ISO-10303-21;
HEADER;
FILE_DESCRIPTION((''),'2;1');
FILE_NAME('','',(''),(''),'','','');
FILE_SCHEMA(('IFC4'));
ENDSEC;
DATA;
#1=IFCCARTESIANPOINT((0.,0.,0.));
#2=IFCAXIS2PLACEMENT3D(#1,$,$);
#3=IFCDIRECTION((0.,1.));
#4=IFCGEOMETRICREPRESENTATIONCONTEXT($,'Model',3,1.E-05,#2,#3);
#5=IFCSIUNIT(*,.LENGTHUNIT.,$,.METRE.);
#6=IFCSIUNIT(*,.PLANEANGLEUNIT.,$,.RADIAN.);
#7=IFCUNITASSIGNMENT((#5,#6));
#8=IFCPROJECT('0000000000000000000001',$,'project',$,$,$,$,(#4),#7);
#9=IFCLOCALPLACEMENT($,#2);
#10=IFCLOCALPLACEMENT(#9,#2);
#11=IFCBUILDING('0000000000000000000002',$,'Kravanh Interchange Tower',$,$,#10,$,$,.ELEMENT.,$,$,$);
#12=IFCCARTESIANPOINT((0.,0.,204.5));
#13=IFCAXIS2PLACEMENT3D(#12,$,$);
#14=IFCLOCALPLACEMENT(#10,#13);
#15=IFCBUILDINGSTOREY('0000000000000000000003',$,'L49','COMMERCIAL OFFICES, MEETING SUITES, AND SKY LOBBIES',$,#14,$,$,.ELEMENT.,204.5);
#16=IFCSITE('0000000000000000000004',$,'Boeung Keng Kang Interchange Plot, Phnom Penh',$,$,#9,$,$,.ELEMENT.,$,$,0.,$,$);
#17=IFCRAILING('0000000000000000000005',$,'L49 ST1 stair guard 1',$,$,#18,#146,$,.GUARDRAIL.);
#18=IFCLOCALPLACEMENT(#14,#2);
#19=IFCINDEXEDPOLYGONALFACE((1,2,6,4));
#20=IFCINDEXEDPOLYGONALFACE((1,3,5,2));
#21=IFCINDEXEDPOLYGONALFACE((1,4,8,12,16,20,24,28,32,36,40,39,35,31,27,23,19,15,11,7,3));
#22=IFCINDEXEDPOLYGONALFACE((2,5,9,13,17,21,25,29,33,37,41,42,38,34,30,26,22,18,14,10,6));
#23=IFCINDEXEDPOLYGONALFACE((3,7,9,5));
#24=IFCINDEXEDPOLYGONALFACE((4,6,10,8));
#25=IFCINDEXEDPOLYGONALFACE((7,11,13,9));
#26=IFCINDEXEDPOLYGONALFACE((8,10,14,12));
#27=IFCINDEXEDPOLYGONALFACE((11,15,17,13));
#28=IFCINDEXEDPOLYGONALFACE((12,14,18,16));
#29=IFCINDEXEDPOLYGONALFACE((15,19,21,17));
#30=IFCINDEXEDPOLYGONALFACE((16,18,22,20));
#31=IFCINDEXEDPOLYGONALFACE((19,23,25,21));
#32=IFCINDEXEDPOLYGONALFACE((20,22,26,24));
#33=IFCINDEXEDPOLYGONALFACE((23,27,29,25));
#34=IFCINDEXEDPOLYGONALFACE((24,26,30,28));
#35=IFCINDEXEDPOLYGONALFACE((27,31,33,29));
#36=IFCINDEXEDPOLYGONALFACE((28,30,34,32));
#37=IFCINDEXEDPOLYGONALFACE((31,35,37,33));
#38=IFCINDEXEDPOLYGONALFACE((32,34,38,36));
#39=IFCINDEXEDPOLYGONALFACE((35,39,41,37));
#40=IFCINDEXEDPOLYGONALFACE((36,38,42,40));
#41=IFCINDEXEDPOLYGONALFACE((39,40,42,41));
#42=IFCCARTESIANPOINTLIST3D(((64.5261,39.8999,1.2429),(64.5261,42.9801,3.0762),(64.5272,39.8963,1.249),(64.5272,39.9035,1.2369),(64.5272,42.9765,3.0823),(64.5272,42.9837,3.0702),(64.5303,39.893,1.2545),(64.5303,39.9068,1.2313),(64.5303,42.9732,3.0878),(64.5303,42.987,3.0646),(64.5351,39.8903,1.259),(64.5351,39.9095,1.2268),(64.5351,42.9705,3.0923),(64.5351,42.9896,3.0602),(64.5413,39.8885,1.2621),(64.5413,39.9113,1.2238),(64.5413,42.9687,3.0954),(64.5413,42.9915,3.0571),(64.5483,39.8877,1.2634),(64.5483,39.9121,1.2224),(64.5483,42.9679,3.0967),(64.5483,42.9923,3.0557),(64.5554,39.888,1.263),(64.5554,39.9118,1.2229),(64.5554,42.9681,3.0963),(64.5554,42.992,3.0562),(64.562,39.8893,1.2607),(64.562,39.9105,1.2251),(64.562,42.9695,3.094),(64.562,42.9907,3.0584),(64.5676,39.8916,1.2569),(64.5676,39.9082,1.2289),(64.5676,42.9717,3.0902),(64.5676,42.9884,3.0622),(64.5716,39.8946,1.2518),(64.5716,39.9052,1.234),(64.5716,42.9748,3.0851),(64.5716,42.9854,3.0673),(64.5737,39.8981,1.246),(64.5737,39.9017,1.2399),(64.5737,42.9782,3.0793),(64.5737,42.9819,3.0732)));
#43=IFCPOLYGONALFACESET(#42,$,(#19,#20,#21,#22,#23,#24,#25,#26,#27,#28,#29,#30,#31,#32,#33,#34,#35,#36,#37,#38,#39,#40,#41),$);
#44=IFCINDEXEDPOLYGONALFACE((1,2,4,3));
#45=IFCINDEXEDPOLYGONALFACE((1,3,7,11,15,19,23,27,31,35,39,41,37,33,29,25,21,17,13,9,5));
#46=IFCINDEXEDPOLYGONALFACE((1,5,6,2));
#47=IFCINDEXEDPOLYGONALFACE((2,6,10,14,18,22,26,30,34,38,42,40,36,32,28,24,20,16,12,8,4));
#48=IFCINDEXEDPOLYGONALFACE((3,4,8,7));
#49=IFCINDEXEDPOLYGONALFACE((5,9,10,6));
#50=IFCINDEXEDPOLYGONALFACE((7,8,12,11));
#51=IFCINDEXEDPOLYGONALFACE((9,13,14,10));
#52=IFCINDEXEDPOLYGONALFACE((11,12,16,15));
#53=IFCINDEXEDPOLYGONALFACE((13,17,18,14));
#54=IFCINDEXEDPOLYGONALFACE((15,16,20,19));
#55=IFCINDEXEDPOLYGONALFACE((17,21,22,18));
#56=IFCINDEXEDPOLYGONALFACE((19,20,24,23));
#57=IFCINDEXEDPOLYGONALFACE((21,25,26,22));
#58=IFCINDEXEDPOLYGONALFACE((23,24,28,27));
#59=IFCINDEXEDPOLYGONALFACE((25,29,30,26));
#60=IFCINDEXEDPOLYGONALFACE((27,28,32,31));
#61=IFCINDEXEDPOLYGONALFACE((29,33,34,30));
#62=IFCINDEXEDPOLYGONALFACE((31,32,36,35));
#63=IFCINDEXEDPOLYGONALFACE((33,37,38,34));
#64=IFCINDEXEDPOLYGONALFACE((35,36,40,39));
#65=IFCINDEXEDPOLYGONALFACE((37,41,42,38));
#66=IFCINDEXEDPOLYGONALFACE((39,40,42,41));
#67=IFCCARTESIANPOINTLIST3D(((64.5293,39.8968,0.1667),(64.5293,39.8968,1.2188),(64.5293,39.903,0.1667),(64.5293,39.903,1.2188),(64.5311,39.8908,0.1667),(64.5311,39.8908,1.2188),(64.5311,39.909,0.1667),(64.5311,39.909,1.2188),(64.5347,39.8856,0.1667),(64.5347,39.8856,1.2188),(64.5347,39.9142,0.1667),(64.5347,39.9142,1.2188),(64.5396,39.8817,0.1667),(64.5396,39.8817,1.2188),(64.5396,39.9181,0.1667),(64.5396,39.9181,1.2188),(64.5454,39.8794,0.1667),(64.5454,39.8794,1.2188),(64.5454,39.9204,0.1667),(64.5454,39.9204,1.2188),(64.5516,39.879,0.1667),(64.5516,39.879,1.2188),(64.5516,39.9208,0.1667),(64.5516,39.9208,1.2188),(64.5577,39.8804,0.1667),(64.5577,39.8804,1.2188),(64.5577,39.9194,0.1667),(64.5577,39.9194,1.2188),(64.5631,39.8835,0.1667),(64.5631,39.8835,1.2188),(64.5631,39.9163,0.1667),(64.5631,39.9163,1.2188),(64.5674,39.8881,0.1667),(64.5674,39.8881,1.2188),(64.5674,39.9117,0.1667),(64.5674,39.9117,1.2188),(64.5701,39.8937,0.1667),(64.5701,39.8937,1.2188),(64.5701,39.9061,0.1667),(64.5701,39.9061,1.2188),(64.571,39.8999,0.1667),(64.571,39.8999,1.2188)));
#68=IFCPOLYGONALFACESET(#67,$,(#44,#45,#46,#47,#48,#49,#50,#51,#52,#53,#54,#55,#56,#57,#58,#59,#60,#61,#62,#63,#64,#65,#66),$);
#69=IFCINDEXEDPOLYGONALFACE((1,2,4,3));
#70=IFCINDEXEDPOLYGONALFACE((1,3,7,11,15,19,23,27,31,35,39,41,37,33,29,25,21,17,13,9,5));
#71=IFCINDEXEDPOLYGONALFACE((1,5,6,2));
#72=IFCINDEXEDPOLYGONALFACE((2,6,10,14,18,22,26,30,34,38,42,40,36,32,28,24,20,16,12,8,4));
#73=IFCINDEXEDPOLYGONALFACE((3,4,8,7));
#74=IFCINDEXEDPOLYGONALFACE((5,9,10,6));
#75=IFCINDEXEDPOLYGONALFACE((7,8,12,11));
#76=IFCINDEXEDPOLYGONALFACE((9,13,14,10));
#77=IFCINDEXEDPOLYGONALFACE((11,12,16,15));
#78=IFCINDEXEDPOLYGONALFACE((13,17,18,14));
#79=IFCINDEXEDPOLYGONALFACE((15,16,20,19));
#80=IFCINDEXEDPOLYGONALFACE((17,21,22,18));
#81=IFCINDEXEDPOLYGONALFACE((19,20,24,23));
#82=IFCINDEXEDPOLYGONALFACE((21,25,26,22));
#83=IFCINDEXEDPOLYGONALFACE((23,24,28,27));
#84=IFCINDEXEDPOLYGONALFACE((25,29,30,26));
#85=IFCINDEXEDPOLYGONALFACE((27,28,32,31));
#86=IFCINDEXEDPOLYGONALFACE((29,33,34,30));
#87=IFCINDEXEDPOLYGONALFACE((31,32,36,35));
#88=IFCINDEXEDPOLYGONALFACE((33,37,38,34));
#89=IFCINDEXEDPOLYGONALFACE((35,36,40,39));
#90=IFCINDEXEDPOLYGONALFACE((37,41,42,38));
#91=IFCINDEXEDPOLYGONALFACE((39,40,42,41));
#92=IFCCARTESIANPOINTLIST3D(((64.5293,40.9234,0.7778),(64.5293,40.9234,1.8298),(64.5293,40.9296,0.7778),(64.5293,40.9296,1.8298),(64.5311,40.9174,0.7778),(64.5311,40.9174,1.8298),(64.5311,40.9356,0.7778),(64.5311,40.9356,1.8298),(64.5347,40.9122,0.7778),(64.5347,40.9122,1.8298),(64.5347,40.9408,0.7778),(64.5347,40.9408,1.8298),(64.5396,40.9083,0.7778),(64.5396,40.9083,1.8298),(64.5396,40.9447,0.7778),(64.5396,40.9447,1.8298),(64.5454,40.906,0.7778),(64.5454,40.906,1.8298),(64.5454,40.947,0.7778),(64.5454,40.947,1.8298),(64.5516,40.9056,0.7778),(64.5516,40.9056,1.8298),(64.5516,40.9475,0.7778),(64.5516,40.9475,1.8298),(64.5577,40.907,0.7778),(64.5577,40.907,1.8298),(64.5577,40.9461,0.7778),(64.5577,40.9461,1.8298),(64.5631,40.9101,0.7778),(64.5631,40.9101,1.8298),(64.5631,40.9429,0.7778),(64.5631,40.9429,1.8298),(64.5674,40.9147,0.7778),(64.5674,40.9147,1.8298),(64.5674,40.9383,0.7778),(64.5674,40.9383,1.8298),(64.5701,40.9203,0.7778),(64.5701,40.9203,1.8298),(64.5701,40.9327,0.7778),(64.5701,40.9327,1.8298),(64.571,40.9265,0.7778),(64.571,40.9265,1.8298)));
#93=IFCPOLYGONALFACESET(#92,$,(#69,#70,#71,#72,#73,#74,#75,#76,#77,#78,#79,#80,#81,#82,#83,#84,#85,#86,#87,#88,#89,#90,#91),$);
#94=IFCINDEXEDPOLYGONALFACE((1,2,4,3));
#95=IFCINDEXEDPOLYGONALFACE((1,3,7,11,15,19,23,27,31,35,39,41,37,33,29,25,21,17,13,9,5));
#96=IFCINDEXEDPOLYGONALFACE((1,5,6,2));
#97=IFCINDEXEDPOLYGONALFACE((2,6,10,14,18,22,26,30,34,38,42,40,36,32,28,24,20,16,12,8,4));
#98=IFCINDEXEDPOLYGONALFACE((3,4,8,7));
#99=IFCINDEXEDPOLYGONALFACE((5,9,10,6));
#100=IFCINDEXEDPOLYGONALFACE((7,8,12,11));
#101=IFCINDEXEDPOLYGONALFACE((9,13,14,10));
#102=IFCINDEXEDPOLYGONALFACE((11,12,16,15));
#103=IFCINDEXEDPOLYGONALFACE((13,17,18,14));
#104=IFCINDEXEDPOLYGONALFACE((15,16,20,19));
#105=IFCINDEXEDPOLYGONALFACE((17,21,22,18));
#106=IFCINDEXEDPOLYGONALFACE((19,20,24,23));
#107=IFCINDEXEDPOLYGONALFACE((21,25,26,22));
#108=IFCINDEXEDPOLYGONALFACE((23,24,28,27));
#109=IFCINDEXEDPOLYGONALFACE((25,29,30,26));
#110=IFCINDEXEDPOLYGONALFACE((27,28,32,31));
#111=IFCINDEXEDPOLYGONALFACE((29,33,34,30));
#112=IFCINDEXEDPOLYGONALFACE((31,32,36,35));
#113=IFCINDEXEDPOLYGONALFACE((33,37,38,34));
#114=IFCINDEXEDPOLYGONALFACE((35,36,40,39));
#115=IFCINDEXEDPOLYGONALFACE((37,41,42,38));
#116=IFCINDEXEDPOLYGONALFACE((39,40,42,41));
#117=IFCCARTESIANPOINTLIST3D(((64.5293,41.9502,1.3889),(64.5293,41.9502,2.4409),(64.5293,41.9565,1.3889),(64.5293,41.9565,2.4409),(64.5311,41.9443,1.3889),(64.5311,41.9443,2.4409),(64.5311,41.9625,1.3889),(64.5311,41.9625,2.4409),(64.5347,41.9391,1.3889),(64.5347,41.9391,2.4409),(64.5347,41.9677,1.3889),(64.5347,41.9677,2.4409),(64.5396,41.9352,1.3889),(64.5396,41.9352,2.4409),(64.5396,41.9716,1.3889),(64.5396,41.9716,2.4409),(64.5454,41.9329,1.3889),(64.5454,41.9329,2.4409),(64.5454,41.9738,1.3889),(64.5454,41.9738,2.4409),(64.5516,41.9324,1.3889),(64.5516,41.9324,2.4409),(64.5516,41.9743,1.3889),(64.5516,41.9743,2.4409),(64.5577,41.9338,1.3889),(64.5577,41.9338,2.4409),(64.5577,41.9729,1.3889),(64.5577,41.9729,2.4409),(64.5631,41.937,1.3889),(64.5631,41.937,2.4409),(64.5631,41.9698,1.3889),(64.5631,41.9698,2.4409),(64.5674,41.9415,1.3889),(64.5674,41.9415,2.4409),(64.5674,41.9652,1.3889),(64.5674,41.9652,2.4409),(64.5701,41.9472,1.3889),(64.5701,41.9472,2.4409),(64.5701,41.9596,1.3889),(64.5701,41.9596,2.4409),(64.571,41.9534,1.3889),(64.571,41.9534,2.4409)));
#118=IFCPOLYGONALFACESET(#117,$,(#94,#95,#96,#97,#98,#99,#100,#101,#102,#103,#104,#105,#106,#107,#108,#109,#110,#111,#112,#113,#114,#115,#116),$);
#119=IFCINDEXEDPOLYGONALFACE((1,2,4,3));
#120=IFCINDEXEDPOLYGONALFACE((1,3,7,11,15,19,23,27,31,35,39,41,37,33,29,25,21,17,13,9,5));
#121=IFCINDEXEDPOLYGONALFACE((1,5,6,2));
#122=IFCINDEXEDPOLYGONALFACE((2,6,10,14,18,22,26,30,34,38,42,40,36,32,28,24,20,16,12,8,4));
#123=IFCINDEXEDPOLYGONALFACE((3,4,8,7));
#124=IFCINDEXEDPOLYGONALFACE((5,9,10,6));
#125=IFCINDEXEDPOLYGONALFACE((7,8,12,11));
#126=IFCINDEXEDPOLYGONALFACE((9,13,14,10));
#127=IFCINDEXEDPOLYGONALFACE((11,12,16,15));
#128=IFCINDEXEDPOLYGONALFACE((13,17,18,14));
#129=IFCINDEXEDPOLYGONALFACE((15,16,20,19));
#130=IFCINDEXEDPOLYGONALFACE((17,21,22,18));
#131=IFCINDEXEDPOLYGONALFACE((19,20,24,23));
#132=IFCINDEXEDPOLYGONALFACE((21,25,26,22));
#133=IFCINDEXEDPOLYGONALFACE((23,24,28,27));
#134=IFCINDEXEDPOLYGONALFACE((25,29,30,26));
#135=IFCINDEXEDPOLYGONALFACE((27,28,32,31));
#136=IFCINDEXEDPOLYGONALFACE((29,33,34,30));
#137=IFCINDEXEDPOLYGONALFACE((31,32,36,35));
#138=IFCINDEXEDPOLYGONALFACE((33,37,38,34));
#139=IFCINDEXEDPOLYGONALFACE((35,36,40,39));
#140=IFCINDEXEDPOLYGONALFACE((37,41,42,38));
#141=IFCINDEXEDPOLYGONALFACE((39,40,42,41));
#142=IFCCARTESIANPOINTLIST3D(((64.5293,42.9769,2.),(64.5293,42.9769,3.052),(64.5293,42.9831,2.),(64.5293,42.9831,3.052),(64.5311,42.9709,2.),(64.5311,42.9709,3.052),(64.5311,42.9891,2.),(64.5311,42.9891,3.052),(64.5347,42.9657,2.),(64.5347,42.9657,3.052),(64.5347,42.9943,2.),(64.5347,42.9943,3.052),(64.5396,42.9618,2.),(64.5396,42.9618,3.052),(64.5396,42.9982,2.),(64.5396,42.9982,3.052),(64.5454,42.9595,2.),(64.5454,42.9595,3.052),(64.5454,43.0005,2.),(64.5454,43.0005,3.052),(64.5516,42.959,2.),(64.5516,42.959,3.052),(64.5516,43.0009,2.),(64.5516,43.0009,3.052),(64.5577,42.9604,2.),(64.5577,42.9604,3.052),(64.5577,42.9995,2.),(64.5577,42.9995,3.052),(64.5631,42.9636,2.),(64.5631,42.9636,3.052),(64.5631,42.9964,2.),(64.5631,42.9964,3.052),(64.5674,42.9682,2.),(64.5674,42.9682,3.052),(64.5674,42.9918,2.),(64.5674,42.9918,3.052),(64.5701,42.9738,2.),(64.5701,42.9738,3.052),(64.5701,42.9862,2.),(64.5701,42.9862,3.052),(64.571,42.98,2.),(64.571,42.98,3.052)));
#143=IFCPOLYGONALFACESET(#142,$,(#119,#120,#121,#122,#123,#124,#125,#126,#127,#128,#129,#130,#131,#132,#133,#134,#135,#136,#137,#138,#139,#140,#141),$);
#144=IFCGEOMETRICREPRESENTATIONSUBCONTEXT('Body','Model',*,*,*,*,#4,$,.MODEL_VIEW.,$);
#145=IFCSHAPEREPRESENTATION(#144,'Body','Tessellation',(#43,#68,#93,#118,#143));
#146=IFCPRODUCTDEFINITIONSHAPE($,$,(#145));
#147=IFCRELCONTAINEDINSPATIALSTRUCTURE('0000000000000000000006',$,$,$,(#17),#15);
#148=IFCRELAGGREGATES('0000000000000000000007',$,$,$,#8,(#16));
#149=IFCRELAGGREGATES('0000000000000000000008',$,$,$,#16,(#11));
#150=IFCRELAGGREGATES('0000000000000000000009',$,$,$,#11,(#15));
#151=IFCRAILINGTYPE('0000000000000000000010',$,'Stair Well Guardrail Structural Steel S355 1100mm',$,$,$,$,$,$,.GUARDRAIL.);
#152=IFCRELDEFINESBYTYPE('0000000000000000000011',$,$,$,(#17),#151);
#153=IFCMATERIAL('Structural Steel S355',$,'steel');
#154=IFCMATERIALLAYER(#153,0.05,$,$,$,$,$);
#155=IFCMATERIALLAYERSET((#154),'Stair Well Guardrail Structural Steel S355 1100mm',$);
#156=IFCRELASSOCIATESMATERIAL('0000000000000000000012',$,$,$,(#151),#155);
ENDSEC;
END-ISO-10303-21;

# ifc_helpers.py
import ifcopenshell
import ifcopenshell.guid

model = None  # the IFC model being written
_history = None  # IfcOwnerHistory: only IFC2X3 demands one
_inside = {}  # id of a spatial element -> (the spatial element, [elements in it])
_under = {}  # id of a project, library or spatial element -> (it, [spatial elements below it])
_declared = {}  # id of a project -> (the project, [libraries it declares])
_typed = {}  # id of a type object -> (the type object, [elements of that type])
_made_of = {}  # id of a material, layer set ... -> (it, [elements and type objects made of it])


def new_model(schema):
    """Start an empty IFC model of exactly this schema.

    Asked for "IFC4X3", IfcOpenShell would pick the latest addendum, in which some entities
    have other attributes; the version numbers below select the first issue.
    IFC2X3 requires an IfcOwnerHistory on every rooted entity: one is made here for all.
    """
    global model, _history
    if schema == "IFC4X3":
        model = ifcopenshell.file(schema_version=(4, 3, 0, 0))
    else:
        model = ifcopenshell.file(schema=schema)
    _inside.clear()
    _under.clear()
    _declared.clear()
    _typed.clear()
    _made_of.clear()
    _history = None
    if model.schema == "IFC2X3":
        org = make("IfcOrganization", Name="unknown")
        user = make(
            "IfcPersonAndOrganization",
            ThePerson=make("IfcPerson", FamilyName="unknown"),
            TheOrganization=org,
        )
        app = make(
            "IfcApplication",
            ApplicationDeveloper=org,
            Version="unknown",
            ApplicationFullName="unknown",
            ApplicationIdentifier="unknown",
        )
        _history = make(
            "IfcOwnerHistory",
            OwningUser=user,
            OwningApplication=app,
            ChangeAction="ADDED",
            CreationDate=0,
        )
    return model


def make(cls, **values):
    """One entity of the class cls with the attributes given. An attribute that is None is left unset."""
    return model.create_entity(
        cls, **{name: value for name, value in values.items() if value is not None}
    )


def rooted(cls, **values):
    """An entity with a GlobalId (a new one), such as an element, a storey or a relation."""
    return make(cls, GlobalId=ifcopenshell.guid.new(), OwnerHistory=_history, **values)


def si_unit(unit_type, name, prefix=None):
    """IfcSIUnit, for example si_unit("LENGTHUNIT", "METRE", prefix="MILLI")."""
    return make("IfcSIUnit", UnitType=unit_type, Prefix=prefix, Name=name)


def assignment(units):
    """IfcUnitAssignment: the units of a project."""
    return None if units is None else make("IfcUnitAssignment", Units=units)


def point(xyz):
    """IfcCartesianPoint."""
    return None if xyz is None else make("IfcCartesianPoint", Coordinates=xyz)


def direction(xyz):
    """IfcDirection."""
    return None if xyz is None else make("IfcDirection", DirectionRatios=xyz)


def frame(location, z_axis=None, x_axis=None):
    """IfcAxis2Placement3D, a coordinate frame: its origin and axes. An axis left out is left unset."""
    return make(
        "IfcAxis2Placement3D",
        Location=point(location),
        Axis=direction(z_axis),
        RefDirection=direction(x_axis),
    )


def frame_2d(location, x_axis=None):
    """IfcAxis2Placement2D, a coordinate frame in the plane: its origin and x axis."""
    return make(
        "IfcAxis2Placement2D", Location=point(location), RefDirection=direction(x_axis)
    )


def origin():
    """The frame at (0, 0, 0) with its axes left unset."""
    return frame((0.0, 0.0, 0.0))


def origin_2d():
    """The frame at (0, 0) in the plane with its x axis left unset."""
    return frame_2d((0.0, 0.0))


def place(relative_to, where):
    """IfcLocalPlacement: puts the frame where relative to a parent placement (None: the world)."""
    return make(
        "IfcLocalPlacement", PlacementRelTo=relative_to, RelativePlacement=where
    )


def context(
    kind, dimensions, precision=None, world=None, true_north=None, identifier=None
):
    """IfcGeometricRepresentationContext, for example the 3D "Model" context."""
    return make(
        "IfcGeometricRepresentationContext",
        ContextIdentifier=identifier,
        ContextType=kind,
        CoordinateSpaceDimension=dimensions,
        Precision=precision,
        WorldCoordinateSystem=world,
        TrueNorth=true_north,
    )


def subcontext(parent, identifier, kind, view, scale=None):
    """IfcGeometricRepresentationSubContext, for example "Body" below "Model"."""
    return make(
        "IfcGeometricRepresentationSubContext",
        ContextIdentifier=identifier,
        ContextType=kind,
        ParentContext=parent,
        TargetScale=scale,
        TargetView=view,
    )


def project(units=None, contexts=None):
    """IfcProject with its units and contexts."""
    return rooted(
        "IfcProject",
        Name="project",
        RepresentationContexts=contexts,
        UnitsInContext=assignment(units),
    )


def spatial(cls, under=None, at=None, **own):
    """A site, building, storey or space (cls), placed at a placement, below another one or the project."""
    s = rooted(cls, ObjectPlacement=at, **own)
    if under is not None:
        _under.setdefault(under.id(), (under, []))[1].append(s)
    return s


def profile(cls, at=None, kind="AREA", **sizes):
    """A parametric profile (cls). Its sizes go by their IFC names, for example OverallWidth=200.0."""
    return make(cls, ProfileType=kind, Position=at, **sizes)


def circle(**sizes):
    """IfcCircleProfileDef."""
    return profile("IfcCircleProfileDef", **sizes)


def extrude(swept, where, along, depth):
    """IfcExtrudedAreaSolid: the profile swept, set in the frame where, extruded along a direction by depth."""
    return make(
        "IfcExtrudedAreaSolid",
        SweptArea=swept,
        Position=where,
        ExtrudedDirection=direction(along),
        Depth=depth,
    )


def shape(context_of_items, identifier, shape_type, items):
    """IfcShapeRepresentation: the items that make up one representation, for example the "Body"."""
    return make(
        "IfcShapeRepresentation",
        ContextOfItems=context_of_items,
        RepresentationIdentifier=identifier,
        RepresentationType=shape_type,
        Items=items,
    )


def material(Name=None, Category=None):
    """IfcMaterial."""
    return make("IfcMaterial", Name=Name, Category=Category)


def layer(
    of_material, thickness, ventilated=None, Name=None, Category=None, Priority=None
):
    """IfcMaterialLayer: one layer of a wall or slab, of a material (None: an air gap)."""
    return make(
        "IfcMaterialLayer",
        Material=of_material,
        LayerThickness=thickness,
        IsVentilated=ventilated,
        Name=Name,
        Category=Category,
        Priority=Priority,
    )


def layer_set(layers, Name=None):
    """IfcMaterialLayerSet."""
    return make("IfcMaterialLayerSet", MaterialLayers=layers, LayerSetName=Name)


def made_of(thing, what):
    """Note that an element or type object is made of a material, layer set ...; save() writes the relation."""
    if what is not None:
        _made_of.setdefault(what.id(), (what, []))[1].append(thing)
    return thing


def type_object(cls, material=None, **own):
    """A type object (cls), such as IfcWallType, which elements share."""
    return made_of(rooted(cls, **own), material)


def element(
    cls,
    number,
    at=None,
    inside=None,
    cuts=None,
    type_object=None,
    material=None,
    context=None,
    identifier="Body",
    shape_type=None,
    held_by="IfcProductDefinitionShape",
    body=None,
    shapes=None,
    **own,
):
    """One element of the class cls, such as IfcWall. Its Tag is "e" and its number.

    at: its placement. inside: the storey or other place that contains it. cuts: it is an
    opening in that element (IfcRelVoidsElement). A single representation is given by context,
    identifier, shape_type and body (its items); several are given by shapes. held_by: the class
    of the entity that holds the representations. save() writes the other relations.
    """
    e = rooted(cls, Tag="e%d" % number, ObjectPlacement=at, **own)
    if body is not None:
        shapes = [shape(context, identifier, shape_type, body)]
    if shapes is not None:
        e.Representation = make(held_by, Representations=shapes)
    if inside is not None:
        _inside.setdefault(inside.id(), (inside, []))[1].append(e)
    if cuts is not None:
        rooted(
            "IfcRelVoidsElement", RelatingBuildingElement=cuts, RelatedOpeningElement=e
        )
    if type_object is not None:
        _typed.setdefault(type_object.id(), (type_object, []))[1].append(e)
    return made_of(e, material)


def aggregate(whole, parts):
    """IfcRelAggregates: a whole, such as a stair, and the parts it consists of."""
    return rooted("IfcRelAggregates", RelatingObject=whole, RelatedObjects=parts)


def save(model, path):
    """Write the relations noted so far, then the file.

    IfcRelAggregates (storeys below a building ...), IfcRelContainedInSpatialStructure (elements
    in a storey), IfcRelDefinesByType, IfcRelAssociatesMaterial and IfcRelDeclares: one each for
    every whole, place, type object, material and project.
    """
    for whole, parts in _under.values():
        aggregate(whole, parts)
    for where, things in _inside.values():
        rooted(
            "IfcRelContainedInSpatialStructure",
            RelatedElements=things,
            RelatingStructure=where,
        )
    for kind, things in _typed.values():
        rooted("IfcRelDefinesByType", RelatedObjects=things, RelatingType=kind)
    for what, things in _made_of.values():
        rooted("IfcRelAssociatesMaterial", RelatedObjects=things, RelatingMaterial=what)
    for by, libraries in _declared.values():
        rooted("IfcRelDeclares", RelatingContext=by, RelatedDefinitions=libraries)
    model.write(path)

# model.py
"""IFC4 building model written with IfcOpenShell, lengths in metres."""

from ifc_helpers import new_model, si_unit, direction, frame, origin, origin_2d, place, context, subcontext, project, spatial, circle, extrude, material, layer, layer_set, type_object, element, save


model = new_model("IFC4")

# Units and contexts
model_context = context("Model", 3, precision=1e-05, world=origin(), true_north=direction((0.0, 1.0)))
body_context = subcontext(model_context, "Body", "Model", "MODEL_VIEW")
ifc_project = project(units=[si_unit("LENGTHUNIT", "METRE"), si_unit("PLANEANGLEUNIT", "RADIAN")], contexts=[model_context])

# Site, building, storey
site_placement = place(None, origin())
site = spatial("IfcSite", under=ifc_project, at=site_placement, Name="Boeung Keng Kang Interchange Plot, Phnom Penh", CompositionType="ELEMENT", RefElevation=0.0)
building_placement = place(site_placement, origin())
building = spatial("IfcBuilding", under=site, at=building_placement, Name="Kravanh Interchange Tower", CompositionType="ELEMENT")
storey_placement = place(building_placement, frame((0.0, 0.0, 204.5)))
storey = spatial("IfcBuildingStorey", under=building, at=storey_placement, Name="L49", Description="COMMERCIAL OFFICES, MEETING SUITES, AND SKY LOBBIES", CompositionType="ELEMENT", Elevation=204.5)

# Railing
ifc_material_1 = material(Name="Structural Steel S355", Category="steel")
ifc_layer_1 = layer(ifc_material_1, 0.05)
ifc_layer_set_1 = layer_set([ifc_layer_1], Name="Stair Well Guardrail Structural Steel S355 1100mm")
railing_type_1 = type_object("IfcRailingType", Name="Stair Well Guardrail Structural Steel S355 1100mm", PredefinedType="GUARDRAIL", material=ifc_layer_set_1)
railing_1_placement = place(storey_placement, frame((64.55, 39.8999, 0.1667)))
element("IfcRailing", 1, at=railing_1_placement, inside=storey, type_object=railing_type_1, Name="L49 ST1 stair guard 1", PredefinedType="GUARDRAIL", context=body_context, shape_type="SweptSolid", body=[
    extrude(circle(Radius=0.0239, at=origin_2d()), frame((0.0, 0.0, 1.0762), z_axis=(0.0, 0.859309, 0.511458), x_axis=(-1.0, 0.0, 0.0)), (0.0, 0.0, 1.0), 3.5845),
    extrude(circle(Radius=0.021, at=origin_2d()), origin(), (0.0, 0.0, 1.0), 1.052),
    extrude(circle(Radius=0.021, at=origin_2d()), frame((0.0, 1.0266, 0.6111)), (0.0, 0.0, 1.0), 1.052),
    extrude(circle(Radius=0.021, at=origin_2d()), frame((0.0, 2.0535, 1.2222)), (0.0, 0.0, 1.0), 1.052),
    extrude(circle(Radius=0.021, at=origin_2d()), frame((0.0, 3.0801, 1.8333)), (0.0, 0.0, 1.0), 1.052),
])

save(model, "model.ifc")
